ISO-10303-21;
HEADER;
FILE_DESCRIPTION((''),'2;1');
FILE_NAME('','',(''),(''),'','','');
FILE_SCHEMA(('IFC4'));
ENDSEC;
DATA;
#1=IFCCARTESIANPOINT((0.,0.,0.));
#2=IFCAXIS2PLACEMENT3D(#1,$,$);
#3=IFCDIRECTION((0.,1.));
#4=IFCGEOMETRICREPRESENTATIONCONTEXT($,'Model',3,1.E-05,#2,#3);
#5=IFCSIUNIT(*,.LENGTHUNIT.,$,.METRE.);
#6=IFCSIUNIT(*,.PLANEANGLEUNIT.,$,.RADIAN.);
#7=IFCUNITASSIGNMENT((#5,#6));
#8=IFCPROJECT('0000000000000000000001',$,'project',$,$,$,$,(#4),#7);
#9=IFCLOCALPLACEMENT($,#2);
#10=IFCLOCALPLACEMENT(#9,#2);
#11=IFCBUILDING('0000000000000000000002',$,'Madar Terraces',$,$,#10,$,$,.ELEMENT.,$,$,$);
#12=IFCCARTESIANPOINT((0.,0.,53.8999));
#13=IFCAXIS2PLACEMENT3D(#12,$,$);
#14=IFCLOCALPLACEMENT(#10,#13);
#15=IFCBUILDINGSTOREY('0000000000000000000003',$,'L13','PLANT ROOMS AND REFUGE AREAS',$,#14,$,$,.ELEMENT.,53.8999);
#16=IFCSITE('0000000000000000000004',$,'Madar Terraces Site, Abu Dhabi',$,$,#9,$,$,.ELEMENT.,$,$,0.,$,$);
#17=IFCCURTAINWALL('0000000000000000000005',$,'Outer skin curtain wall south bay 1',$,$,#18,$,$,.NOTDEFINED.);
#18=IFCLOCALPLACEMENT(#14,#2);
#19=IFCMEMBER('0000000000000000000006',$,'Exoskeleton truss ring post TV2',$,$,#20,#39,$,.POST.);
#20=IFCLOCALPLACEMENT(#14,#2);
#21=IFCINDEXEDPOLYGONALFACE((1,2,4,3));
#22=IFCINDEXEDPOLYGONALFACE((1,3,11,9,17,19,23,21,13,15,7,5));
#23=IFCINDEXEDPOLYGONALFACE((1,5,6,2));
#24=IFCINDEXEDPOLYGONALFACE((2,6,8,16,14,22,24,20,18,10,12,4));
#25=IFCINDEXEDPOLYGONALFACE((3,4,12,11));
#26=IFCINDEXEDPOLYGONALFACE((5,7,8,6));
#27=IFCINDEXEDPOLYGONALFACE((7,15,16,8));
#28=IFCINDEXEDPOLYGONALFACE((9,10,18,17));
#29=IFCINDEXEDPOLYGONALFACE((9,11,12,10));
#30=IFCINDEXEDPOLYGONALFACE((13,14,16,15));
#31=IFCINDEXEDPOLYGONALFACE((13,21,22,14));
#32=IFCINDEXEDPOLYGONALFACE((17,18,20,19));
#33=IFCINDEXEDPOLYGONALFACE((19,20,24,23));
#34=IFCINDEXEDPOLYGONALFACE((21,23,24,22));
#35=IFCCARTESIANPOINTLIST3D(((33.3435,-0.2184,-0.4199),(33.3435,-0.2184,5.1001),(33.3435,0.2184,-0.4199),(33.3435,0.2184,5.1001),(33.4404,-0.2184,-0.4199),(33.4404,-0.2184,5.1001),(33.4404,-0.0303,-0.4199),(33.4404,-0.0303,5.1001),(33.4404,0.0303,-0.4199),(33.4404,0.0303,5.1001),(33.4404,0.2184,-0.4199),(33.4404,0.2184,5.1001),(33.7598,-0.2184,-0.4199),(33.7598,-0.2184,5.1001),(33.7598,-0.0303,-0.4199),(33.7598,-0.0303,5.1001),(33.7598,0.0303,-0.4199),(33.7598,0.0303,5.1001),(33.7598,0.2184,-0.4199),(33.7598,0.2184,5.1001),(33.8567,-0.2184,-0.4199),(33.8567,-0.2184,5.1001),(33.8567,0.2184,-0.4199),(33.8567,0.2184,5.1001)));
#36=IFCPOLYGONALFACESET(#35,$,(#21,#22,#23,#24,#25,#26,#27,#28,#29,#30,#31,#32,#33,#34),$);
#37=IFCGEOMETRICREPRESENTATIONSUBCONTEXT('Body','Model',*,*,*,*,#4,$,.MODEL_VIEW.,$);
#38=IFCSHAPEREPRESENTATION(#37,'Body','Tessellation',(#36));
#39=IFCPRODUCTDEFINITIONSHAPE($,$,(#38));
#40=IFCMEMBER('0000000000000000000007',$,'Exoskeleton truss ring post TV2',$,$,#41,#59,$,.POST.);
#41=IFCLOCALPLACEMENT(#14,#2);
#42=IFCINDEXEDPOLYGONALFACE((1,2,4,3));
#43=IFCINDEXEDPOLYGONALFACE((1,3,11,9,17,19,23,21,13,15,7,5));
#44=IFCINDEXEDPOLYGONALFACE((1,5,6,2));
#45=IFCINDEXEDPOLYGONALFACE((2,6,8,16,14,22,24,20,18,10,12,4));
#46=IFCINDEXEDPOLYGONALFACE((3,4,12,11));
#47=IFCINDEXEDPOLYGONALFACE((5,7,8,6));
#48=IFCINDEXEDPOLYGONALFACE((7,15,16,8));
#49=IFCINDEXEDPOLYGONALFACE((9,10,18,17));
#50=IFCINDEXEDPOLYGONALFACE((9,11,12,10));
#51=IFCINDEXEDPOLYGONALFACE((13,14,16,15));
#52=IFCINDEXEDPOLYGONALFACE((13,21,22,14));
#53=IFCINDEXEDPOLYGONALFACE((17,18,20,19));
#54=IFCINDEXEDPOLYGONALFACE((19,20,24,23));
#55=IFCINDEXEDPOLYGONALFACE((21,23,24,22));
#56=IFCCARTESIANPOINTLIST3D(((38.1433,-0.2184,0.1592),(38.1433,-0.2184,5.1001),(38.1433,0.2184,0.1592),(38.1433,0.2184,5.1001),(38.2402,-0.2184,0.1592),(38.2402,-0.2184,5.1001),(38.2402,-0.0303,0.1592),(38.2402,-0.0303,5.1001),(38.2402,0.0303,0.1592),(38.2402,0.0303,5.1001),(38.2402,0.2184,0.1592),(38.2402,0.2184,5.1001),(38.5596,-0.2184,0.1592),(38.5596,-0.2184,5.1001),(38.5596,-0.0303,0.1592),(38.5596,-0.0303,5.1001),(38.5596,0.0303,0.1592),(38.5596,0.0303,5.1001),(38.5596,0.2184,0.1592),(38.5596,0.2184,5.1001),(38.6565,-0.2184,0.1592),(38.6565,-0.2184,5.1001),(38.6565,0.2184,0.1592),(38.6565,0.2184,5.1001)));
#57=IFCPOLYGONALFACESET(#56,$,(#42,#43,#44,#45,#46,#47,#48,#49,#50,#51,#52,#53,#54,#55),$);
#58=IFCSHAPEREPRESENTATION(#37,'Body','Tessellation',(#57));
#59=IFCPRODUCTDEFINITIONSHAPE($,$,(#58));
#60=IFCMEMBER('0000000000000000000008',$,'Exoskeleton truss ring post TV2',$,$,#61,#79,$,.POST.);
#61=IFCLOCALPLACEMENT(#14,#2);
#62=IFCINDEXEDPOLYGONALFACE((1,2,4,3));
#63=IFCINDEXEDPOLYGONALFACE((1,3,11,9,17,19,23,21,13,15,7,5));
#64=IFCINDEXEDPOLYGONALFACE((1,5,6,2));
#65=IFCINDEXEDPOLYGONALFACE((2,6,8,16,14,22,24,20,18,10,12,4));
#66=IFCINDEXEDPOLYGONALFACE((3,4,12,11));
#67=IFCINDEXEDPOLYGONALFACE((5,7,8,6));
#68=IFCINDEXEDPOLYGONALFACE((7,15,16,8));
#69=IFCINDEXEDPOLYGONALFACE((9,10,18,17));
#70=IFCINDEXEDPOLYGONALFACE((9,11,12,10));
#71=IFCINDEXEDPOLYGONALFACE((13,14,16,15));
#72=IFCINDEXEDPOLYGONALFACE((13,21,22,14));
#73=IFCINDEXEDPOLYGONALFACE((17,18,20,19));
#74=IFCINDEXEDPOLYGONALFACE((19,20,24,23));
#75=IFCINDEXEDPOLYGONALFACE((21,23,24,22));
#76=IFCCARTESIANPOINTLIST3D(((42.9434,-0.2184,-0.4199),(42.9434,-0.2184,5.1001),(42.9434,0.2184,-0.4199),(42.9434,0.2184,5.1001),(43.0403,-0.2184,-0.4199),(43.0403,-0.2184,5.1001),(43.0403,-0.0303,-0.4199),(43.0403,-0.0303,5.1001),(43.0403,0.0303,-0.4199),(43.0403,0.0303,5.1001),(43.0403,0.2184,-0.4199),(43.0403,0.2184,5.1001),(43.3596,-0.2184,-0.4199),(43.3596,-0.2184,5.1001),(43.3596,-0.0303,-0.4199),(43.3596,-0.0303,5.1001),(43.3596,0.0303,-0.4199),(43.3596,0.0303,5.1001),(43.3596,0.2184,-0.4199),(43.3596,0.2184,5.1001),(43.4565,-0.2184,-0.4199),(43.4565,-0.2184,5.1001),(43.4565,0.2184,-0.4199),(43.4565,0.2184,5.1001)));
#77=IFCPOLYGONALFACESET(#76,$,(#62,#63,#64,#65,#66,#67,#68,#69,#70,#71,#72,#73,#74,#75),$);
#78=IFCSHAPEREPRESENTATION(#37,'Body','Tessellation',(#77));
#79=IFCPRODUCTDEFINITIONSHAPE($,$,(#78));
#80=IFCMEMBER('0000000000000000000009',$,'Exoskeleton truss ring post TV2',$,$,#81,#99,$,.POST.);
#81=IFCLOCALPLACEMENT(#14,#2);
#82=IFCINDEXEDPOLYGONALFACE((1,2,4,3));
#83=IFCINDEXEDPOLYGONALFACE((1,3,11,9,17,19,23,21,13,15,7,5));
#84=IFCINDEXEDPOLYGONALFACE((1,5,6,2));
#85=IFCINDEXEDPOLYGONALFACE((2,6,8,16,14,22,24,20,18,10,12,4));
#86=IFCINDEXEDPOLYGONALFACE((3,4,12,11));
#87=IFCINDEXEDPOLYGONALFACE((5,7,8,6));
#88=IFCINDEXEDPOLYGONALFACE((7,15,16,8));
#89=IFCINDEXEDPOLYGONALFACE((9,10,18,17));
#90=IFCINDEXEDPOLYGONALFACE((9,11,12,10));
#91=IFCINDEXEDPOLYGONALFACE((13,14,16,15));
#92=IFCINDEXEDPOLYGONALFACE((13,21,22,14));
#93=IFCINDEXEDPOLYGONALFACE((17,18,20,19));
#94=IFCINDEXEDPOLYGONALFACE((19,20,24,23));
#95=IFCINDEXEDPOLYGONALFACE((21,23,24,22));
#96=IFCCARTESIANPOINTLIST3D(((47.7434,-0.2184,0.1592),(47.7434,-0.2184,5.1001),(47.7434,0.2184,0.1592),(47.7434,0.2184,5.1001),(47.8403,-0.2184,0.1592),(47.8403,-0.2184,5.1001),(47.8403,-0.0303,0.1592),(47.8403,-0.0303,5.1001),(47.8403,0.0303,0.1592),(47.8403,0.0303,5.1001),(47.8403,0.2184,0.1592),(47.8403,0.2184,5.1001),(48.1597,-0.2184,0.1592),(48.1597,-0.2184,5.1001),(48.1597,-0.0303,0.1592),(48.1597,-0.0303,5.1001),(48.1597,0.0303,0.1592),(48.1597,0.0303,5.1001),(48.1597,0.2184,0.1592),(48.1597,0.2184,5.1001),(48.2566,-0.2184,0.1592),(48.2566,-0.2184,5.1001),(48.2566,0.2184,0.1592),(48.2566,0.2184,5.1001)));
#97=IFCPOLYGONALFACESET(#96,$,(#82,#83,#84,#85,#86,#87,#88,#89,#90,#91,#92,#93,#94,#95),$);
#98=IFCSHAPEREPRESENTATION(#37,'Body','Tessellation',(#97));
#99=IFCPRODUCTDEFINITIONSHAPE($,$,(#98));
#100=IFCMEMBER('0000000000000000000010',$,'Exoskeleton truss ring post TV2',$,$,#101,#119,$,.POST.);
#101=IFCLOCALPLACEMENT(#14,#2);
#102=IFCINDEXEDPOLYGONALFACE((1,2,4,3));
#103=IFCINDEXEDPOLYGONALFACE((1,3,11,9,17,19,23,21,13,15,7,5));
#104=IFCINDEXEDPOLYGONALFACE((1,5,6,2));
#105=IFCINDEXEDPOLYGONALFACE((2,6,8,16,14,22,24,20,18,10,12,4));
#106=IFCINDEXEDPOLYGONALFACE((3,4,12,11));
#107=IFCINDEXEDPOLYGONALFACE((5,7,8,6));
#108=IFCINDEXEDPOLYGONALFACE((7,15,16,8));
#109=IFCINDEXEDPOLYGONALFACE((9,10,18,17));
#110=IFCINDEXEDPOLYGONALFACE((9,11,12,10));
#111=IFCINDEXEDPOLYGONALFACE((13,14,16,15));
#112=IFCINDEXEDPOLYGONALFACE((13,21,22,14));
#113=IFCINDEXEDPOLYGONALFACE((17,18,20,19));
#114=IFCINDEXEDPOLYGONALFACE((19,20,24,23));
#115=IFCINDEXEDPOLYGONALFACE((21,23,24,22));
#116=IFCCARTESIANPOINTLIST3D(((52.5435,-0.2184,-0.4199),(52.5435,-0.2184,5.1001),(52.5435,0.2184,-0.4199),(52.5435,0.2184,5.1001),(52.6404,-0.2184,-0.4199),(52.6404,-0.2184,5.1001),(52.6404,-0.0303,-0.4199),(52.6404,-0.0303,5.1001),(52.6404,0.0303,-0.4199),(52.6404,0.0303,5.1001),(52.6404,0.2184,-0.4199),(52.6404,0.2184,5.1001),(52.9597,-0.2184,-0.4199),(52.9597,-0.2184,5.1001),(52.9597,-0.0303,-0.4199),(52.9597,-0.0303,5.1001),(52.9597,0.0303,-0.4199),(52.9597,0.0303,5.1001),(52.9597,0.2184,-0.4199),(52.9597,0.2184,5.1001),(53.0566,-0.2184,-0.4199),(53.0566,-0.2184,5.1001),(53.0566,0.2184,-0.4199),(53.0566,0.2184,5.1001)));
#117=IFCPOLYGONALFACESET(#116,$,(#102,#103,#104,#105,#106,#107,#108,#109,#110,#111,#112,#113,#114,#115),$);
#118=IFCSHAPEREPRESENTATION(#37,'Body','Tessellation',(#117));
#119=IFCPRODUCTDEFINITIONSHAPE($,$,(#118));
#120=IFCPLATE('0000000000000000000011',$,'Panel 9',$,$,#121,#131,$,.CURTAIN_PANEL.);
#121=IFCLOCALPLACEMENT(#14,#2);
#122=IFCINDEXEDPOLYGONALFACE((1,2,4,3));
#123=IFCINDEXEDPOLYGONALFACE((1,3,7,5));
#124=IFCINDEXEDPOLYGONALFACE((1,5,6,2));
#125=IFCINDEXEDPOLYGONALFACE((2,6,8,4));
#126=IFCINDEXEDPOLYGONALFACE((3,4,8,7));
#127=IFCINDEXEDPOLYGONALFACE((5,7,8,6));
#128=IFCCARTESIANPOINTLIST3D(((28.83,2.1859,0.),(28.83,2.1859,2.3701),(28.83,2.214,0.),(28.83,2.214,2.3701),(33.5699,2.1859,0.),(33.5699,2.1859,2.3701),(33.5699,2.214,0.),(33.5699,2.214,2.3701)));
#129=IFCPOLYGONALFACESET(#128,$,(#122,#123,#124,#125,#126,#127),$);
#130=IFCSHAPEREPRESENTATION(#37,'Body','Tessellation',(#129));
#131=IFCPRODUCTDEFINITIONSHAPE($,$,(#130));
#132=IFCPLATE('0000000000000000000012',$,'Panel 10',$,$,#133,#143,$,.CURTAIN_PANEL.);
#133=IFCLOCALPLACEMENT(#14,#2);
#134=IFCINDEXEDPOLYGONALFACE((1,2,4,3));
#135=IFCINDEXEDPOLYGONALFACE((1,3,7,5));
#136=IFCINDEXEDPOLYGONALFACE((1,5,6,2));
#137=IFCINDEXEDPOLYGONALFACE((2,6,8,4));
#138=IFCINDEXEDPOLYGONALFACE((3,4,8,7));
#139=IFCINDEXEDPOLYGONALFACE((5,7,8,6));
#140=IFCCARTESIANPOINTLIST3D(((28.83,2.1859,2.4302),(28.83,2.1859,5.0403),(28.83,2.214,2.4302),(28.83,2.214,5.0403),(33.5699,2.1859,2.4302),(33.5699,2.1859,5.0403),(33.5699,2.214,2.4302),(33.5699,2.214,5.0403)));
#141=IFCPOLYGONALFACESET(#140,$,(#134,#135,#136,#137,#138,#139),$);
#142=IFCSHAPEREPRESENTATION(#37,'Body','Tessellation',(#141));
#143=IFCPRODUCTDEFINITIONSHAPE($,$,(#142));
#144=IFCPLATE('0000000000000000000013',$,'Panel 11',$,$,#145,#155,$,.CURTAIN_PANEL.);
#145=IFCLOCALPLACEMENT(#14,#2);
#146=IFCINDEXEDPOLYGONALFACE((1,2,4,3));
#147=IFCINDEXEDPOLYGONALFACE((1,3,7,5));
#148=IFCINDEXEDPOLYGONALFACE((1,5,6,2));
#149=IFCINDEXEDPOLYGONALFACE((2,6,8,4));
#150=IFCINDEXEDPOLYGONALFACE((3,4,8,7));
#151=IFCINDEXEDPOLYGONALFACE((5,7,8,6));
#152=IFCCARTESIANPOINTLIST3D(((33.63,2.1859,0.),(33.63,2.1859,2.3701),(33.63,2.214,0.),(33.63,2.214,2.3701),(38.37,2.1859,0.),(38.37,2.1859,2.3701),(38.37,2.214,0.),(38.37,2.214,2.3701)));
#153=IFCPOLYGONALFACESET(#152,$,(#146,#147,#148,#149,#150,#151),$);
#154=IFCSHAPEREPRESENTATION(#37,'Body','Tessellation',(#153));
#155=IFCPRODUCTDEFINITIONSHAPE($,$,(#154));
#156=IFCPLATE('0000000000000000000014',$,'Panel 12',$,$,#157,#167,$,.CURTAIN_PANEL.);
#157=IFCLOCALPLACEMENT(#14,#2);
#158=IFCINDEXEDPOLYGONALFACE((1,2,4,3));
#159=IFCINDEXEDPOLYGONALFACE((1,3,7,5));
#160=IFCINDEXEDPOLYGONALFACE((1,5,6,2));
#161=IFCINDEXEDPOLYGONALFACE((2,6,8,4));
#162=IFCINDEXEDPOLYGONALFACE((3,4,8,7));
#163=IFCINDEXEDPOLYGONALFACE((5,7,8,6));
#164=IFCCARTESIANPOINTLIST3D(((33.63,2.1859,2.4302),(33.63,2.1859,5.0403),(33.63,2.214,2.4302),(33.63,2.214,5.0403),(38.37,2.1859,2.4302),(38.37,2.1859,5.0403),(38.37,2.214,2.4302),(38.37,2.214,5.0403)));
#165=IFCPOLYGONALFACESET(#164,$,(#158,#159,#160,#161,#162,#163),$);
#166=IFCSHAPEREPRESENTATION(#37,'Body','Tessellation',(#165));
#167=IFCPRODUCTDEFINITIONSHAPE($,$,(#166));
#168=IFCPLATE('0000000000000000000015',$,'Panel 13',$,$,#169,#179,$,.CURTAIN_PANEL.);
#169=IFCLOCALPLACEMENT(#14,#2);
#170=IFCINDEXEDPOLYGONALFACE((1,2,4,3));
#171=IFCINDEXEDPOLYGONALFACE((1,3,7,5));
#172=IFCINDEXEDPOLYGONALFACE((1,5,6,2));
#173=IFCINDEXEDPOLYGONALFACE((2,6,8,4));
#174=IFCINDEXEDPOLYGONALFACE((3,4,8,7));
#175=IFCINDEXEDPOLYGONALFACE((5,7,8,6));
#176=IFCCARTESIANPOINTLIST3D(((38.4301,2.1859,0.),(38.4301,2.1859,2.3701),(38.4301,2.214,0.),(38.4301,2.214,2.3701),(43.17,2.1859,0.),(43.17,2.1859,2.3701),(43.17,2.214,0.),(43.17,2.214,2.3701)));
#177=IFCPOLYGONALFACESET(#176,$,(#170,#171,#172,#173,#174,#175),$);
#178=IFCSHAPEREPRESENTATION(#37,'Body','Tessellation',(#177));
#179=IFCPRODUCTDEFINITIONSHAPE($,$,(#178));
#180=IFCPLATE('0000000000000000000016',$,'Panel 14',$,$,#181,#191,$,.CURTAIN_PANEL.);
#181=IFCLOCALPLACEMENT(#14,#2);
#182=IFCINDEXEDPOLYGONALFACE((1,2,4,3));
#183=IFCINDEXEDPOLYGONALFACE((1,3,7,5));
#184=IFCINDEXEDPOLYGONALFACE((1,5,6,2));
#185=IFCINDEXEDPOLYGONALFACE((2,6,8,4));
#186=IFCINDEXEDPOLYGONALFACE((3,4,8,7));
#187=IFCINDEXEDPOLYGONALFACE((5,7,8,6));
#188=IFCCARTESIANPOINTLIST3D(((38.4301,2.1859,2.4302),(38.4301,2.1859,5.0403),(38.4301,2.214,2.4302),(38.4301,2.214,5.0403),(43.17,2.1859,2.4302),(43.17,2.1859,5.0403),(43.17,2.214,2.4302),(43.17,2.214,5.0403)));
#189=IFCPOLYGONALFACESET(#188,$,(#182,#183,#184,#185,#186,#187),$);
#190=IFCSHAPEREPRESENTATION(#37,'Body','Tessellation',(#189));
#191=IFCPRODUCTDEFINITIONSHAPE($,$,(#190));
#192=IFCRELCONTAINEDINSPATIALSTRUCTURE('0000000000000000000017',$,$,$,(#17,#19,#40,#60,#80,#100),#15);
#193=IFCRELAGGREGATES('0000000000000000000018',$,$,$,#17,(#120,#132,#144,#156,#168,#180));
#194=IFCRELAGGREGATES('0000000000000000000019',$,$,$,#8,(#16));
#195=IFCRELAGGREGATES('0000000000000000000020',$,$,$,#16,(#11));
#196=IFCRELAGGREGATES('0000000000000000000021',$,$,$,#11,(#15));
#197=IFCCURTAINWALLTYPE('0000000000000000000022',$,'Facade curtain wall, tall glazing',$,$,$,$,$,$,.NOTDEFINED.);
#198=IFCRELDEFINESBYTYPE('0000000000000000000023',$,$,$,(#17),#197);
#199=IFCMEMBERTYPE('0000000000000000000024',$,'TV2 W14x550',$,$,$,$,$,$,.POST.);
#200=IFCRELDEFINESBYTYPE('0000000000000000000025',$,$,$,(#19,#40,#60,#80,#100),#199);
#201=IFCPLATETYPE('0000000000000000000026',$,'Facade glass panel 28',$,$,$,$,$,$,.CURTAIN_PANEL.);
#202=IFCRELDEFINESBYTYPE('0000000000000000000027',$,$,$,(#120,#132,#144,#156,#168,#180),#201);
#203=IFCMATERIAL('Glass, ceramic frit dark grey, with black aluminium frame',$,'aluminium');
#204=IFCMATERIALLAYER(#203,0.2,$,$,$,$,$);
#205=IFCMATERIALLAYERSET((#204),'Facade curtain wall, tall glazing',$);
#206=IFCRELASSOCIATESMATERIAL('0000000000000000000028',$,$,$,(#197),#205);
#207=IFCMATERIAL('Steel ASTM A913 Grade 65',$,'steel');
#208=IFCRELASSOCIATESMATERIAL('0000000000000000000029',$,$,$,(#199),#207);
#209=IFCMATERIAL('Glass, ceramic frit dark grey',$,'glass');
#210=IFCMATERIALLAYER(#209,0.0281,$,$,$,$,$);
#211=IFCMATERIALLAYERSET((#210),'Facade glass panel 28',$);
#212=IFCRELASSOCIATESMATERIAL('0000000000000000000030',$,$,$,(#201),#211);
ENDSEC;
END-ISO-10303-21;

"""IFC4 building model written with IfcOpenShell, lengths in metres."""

from ifc_helpers import new_model, si_unit, direction, frame, origin, origin_2d, place, context, subcontext, project, spatial, rectangle, i_section, extrude, material, layer, layer_set, material_profile, profile_set, type_object, element, aggregate, save


model = new_model("IFC4")

# Units and contexts
model_context = context("Model", 3, precision=1e-05, world=origin(), true_north=direction((0.0, 1.0)))
body_context = subcontext(model_context, "Body", "Model", "MODEL_VIEW")
ifc_project = project(units=[si_unit("LENGTHUNIT", "METRE"), si_unit("PLANEANGLEUNIT", "RADIAN")], contexts=[model_context])

# Site, building, storey
site_placement = place(None, origin())
site = spatial("IfcSite", under=ifc_project, at=site_placement, Name="Madar Terraces Site, Abu Dhabi", CompositionType="ELEMENT", RefElevation=0.0)
building_placement = place(site_placement, origin())
building = spatial("IfcBuilding", under=site, at=building_placement, Name="Madar Terraces", CompositionType="ELEMENT")
storey_placement = place(building_placement, frame((0.0, 0.0, 53.8999)))
storey = spatial("IfcBuildingStorey", under=building, at=storey_placement, Name="L13", Description="PLANT ROOMS AND REFUGE AREAS", CompositionType="ELEMENT", Elevation=53.8999)

# Curtain wall
ifc_material_1 = material(Name="Glass, ceramic frit dark grey, with black aluminium frame", Category="aluminium")
ifc_layer_1 = layer(ifc_material_1, 0.2)
ifc_layer_set_1 = layer_set([ifc_layer_1], Name="Facade curtain wall, tall glazing")
curtain_wall_type = type_object("IfcCurtainWallType", Name="Facade curtain wall, tall glazing", PredefinedType="NOTDEFINED", material=ifc_layer_set_1)
curtain_wall_placement = place(storey_placement, origin())
curtain_wall = element("IfcCurtainWall", 1, at=curtain_wall_placement, inside=storey, type_object=curtain_wall_type, Name="Outer skin curtain wall south bay 1", PredefinedType="NOTDEFINED")

# Members
ifc_material_2 = material(Name="Steel ASTM A913 Grade 65", Category="steel")
ifc_material_profile_1 = material_profile(ifc_material_2, i_section(OverallWidth=0.4368, OverallDepth=0.5132, WebThickness=0.0605, FlangeThickness=0.0969, at=origin_2d()), Name="W14x550")
ifc_profile_set_1 = profile_set([ifc_material_profile_1], Name="Steel ASTM A913 Grade 65")
member_type_1 = type_object("IfcMemberType", Name="TV2 W14x550", PredefinedType="POST", material=ifc_profile_set_1)
member_1_placement = place(storey_placement, frame((33.6001, 0.0, -0.4199), z_axis=(0.0, 0.0, 1.0), x_axis=(0.0, 1.0, 0.0)))
element("IfcMember", 2, at=member_1_placement, inside=storey, type_object=member_type_1, Name="Exoskeleton truss ring post TV2", PredefinedType="POST", context=body_context, shape_type="SweptSolid", body=[
    extrude(i_section(OverallWidth=0.4368, OverallDepth=0.5132, WebThickness=0.0605, FlangeThickness=0.0969, at=origin_2d()), origin(), (0.0, 0.0, 1.0), 5.52),
])
member_2_placement = place(storey_placement, frame((38.3999, 0.0, 0.1592), z_axis=(0.0, 0.0, 1.0), x_axis=(0.0, 1.0, 0.0)))
element("IfcMember", 3, at=member_2_placement, inside=storey, type_object=member_type_1, Name="Exoskeleton truss ring post TV2", PredefinedType="POST", context=body_context, shape_type="SweptSolid", body=[
    extrude(i_section(OverallWidth=0.4368, OverallDepth=0.5132, WebThickness=0.0605, FlangeThickness=0.0969, at=origin_2d()), origin(), (0.0, 0.0, 1.0), 4.9409),
])
member_3_placement = place(storey_placement, frame((43.2, 0.0, -0.4199), z_axis=(0.0, 0.0, 1.0), x_axis=(0.0, 1.0, 0.0)))
element("IfcMember", 4, at=member_3_placement, inside=storey, type_object=member_type_1, Name="Exoskeleton truss ring post TV2", PredefinedType="POST", context=body_context, shape_type="SweptSolid", body=[
    extrude(i_section(OverallWidth=0.4368, OverallDepth=0.5132, WebThickness=0.0605, FlangeThickness=0.0969, at=origin_2d()), origin(), (0.0, 0.0, 1.0), 5.52),
])
member_4_placement = place(storey_placement, frame((48.0, 0.0, 0.1592), z_axis=(0.0, 0.0, 1.0), x_axis=(0.0, 1.0, 0.0)))
element("IfcMember", 5, at=member_4_placement, inside=storey, type_object=member_type_1, Name="Exoskeleton truss ring post TV2", PredefinedType="POST", context=body_context, shape_type="SweptSolid", body=[
    extrude(i_section(OverallWidth=0.4368, OverallDepth=0.5132, WebThickness=0.0605, FlangeThickness=0.0969, at=origin_2d()), origin(), (0.0, 0.0, 1.0), 4.9409),
])
member_5_placement = place(storey_placement, frame((52.8, 0.0, -0.4199), z_axis=(0.0, 0.0, 1.0), x_axis=(0.0, 1.0, 0.0)))
element("IfcMember", 6, at=member_5_placement, inside=storey, type_object=member_type_1, Name="Exoskeleton truss ring post TV2", PredefinedType="POST", context=body_context, shape_type="SweptSolid", body=[
    extrude(i_section(OverallWidth=0.4368, OverallDepth=0.5132, WebThickness=0.0605, FlangeThickness=0.0969, at=origin_2d()), origin(), (0.0, 0.0, 1.0), 5.52),
])

# Plates
ifc_material_3 = material(Name="Glass, ceramic frit dark grey", Category="glass")
ifc_layer_2 = layer(ifc_material_3, 0.0281)
ifc_layer_set_2 = layer_set([ifc_layer_2], Name="Facade glass panel 28")
plate_type = type_object("IfcPlateType", Name="Facade glass panel 28", PredefinedType="CURTAIN_PANEL", material=ifc_layer_set_2)
plate_1_placement = place(storey_placement, frame((31.2, 2.2, 0.0), z_axis=(0.0, 0.0, 1.0), x_axis=(1.0, 0.0, 0.0)))
plate_1 = element("IfcPlate", 7, at=plate_1_placement, type_object=plate_type, Name="Panel 9", PredefinedType="CURTAIN_PANEL", context=body_context, shape_type="SweptSolid", body=[
    extrude(rectangle(XDim=4.74, YDim=0.0281, at=origin_2d()), origin(), (0.0, 0.0, 1.0), 2.3701),
])
plate_2_placement = place(storey_placement, frame((31.2, 2.2, 2.4302), z_axis=(0.0, 0.0, 1.0), x_axis=(1.0, 0.0, 0.0)))
plate_2 = element("IfcPlate", 8, at=plate_2_placement, type_object=plate_type, Name="Panel 10", PredefinedType="CURTAIN_PANEL", context=body_context, shape_type="SweptSolid", body=[
    extrude(rectangle(XDim=4.74, YDim=0.0281, at=origin_2d()), origin(), (0.0, 0.0, 1.0), 2.6101),
])
plate_3_placement = place(storey_placement, frame((36.0, 2.2, 0.0), z_axis=(0.0, 0.0, 1.0), x_axis=(1.0, 0.0, 0.0)))
plate_3 = element("IfcPlate", 9, at=plate_3_placement, type_object=plate_type, Name="Panel 11", PredefinedType="CURTAIN_PANEL", context=body_context, shape_type="SweptSolid", body=[
    extrude(rectangle(XDim=4.74, YDim=0.0281, at=origin_2d()), origin(), (0.0, 0.0, 1.0), 2.3701),
])
plate_4_placement = place(storey_placement, frame((36.0, 2.2, 2.4302), z_axis=(0.0, 0.0, 1.0), x_axis=(1.0, 0.0, 0.0)))
plate_4 = element("IfcPlate", 10, at=plate_4_placement, type_object=plate_type, Name="Panel 12", PredefinedType="CURTAIN_PANEL", context=body_context, shape_type="SweptSolid", body=[
    extrude(rectangle(XDim=4.74, YDim=0.0281, at=origin_2d()), origin(), (0.0, 0.0, 1.0), 2.6101),
])
plate_5_placement = place(storey_placement, frame((40.8, 2.2, 0.0), z_axis=(0.0, 0.0, 1.0), x_axis=(1.0, 0.0, 0.0)))
plate_5 = element("IfcPlate", 11, at=plate_5_placement, type_object=plate_type, Name="Panel 13", PredefinedType="CURTAIN_PANEL", context=body_context, shape_type="SweptSolid", body=[
    extrude(rectangle(XDim=4.74, YDim=0.0281, at=origin_2d()), origin(), (0.0, 0.0, 1.0), 2.3701),
])
plate_6_placement = place(storey_placement, frame((40.8, 2.2, 2.4302), z_axis=(0.0, 0.0, 1.0), x_axis=(1.0, 0.0, 0.0)))
plate_6 = element("IfcPlate", 12, at=plate_6_placement, type_object=plate_type, Name="Panel 14", PredefinedType="CURTAIN_PANEL", context=body_context, shape_type="SweptSolid", body=[
    extrude(rectangle(XDim=4.74, YDim=0.0281, at=origin_2d()), origin(), (0.0, 0.0, 1.0), 2.6101),
])
aggregate(curtain_wall, [plate_1, plate_2, plate_3, plate_4, plate_5, plate_6])

save(model, "model.ifc")
